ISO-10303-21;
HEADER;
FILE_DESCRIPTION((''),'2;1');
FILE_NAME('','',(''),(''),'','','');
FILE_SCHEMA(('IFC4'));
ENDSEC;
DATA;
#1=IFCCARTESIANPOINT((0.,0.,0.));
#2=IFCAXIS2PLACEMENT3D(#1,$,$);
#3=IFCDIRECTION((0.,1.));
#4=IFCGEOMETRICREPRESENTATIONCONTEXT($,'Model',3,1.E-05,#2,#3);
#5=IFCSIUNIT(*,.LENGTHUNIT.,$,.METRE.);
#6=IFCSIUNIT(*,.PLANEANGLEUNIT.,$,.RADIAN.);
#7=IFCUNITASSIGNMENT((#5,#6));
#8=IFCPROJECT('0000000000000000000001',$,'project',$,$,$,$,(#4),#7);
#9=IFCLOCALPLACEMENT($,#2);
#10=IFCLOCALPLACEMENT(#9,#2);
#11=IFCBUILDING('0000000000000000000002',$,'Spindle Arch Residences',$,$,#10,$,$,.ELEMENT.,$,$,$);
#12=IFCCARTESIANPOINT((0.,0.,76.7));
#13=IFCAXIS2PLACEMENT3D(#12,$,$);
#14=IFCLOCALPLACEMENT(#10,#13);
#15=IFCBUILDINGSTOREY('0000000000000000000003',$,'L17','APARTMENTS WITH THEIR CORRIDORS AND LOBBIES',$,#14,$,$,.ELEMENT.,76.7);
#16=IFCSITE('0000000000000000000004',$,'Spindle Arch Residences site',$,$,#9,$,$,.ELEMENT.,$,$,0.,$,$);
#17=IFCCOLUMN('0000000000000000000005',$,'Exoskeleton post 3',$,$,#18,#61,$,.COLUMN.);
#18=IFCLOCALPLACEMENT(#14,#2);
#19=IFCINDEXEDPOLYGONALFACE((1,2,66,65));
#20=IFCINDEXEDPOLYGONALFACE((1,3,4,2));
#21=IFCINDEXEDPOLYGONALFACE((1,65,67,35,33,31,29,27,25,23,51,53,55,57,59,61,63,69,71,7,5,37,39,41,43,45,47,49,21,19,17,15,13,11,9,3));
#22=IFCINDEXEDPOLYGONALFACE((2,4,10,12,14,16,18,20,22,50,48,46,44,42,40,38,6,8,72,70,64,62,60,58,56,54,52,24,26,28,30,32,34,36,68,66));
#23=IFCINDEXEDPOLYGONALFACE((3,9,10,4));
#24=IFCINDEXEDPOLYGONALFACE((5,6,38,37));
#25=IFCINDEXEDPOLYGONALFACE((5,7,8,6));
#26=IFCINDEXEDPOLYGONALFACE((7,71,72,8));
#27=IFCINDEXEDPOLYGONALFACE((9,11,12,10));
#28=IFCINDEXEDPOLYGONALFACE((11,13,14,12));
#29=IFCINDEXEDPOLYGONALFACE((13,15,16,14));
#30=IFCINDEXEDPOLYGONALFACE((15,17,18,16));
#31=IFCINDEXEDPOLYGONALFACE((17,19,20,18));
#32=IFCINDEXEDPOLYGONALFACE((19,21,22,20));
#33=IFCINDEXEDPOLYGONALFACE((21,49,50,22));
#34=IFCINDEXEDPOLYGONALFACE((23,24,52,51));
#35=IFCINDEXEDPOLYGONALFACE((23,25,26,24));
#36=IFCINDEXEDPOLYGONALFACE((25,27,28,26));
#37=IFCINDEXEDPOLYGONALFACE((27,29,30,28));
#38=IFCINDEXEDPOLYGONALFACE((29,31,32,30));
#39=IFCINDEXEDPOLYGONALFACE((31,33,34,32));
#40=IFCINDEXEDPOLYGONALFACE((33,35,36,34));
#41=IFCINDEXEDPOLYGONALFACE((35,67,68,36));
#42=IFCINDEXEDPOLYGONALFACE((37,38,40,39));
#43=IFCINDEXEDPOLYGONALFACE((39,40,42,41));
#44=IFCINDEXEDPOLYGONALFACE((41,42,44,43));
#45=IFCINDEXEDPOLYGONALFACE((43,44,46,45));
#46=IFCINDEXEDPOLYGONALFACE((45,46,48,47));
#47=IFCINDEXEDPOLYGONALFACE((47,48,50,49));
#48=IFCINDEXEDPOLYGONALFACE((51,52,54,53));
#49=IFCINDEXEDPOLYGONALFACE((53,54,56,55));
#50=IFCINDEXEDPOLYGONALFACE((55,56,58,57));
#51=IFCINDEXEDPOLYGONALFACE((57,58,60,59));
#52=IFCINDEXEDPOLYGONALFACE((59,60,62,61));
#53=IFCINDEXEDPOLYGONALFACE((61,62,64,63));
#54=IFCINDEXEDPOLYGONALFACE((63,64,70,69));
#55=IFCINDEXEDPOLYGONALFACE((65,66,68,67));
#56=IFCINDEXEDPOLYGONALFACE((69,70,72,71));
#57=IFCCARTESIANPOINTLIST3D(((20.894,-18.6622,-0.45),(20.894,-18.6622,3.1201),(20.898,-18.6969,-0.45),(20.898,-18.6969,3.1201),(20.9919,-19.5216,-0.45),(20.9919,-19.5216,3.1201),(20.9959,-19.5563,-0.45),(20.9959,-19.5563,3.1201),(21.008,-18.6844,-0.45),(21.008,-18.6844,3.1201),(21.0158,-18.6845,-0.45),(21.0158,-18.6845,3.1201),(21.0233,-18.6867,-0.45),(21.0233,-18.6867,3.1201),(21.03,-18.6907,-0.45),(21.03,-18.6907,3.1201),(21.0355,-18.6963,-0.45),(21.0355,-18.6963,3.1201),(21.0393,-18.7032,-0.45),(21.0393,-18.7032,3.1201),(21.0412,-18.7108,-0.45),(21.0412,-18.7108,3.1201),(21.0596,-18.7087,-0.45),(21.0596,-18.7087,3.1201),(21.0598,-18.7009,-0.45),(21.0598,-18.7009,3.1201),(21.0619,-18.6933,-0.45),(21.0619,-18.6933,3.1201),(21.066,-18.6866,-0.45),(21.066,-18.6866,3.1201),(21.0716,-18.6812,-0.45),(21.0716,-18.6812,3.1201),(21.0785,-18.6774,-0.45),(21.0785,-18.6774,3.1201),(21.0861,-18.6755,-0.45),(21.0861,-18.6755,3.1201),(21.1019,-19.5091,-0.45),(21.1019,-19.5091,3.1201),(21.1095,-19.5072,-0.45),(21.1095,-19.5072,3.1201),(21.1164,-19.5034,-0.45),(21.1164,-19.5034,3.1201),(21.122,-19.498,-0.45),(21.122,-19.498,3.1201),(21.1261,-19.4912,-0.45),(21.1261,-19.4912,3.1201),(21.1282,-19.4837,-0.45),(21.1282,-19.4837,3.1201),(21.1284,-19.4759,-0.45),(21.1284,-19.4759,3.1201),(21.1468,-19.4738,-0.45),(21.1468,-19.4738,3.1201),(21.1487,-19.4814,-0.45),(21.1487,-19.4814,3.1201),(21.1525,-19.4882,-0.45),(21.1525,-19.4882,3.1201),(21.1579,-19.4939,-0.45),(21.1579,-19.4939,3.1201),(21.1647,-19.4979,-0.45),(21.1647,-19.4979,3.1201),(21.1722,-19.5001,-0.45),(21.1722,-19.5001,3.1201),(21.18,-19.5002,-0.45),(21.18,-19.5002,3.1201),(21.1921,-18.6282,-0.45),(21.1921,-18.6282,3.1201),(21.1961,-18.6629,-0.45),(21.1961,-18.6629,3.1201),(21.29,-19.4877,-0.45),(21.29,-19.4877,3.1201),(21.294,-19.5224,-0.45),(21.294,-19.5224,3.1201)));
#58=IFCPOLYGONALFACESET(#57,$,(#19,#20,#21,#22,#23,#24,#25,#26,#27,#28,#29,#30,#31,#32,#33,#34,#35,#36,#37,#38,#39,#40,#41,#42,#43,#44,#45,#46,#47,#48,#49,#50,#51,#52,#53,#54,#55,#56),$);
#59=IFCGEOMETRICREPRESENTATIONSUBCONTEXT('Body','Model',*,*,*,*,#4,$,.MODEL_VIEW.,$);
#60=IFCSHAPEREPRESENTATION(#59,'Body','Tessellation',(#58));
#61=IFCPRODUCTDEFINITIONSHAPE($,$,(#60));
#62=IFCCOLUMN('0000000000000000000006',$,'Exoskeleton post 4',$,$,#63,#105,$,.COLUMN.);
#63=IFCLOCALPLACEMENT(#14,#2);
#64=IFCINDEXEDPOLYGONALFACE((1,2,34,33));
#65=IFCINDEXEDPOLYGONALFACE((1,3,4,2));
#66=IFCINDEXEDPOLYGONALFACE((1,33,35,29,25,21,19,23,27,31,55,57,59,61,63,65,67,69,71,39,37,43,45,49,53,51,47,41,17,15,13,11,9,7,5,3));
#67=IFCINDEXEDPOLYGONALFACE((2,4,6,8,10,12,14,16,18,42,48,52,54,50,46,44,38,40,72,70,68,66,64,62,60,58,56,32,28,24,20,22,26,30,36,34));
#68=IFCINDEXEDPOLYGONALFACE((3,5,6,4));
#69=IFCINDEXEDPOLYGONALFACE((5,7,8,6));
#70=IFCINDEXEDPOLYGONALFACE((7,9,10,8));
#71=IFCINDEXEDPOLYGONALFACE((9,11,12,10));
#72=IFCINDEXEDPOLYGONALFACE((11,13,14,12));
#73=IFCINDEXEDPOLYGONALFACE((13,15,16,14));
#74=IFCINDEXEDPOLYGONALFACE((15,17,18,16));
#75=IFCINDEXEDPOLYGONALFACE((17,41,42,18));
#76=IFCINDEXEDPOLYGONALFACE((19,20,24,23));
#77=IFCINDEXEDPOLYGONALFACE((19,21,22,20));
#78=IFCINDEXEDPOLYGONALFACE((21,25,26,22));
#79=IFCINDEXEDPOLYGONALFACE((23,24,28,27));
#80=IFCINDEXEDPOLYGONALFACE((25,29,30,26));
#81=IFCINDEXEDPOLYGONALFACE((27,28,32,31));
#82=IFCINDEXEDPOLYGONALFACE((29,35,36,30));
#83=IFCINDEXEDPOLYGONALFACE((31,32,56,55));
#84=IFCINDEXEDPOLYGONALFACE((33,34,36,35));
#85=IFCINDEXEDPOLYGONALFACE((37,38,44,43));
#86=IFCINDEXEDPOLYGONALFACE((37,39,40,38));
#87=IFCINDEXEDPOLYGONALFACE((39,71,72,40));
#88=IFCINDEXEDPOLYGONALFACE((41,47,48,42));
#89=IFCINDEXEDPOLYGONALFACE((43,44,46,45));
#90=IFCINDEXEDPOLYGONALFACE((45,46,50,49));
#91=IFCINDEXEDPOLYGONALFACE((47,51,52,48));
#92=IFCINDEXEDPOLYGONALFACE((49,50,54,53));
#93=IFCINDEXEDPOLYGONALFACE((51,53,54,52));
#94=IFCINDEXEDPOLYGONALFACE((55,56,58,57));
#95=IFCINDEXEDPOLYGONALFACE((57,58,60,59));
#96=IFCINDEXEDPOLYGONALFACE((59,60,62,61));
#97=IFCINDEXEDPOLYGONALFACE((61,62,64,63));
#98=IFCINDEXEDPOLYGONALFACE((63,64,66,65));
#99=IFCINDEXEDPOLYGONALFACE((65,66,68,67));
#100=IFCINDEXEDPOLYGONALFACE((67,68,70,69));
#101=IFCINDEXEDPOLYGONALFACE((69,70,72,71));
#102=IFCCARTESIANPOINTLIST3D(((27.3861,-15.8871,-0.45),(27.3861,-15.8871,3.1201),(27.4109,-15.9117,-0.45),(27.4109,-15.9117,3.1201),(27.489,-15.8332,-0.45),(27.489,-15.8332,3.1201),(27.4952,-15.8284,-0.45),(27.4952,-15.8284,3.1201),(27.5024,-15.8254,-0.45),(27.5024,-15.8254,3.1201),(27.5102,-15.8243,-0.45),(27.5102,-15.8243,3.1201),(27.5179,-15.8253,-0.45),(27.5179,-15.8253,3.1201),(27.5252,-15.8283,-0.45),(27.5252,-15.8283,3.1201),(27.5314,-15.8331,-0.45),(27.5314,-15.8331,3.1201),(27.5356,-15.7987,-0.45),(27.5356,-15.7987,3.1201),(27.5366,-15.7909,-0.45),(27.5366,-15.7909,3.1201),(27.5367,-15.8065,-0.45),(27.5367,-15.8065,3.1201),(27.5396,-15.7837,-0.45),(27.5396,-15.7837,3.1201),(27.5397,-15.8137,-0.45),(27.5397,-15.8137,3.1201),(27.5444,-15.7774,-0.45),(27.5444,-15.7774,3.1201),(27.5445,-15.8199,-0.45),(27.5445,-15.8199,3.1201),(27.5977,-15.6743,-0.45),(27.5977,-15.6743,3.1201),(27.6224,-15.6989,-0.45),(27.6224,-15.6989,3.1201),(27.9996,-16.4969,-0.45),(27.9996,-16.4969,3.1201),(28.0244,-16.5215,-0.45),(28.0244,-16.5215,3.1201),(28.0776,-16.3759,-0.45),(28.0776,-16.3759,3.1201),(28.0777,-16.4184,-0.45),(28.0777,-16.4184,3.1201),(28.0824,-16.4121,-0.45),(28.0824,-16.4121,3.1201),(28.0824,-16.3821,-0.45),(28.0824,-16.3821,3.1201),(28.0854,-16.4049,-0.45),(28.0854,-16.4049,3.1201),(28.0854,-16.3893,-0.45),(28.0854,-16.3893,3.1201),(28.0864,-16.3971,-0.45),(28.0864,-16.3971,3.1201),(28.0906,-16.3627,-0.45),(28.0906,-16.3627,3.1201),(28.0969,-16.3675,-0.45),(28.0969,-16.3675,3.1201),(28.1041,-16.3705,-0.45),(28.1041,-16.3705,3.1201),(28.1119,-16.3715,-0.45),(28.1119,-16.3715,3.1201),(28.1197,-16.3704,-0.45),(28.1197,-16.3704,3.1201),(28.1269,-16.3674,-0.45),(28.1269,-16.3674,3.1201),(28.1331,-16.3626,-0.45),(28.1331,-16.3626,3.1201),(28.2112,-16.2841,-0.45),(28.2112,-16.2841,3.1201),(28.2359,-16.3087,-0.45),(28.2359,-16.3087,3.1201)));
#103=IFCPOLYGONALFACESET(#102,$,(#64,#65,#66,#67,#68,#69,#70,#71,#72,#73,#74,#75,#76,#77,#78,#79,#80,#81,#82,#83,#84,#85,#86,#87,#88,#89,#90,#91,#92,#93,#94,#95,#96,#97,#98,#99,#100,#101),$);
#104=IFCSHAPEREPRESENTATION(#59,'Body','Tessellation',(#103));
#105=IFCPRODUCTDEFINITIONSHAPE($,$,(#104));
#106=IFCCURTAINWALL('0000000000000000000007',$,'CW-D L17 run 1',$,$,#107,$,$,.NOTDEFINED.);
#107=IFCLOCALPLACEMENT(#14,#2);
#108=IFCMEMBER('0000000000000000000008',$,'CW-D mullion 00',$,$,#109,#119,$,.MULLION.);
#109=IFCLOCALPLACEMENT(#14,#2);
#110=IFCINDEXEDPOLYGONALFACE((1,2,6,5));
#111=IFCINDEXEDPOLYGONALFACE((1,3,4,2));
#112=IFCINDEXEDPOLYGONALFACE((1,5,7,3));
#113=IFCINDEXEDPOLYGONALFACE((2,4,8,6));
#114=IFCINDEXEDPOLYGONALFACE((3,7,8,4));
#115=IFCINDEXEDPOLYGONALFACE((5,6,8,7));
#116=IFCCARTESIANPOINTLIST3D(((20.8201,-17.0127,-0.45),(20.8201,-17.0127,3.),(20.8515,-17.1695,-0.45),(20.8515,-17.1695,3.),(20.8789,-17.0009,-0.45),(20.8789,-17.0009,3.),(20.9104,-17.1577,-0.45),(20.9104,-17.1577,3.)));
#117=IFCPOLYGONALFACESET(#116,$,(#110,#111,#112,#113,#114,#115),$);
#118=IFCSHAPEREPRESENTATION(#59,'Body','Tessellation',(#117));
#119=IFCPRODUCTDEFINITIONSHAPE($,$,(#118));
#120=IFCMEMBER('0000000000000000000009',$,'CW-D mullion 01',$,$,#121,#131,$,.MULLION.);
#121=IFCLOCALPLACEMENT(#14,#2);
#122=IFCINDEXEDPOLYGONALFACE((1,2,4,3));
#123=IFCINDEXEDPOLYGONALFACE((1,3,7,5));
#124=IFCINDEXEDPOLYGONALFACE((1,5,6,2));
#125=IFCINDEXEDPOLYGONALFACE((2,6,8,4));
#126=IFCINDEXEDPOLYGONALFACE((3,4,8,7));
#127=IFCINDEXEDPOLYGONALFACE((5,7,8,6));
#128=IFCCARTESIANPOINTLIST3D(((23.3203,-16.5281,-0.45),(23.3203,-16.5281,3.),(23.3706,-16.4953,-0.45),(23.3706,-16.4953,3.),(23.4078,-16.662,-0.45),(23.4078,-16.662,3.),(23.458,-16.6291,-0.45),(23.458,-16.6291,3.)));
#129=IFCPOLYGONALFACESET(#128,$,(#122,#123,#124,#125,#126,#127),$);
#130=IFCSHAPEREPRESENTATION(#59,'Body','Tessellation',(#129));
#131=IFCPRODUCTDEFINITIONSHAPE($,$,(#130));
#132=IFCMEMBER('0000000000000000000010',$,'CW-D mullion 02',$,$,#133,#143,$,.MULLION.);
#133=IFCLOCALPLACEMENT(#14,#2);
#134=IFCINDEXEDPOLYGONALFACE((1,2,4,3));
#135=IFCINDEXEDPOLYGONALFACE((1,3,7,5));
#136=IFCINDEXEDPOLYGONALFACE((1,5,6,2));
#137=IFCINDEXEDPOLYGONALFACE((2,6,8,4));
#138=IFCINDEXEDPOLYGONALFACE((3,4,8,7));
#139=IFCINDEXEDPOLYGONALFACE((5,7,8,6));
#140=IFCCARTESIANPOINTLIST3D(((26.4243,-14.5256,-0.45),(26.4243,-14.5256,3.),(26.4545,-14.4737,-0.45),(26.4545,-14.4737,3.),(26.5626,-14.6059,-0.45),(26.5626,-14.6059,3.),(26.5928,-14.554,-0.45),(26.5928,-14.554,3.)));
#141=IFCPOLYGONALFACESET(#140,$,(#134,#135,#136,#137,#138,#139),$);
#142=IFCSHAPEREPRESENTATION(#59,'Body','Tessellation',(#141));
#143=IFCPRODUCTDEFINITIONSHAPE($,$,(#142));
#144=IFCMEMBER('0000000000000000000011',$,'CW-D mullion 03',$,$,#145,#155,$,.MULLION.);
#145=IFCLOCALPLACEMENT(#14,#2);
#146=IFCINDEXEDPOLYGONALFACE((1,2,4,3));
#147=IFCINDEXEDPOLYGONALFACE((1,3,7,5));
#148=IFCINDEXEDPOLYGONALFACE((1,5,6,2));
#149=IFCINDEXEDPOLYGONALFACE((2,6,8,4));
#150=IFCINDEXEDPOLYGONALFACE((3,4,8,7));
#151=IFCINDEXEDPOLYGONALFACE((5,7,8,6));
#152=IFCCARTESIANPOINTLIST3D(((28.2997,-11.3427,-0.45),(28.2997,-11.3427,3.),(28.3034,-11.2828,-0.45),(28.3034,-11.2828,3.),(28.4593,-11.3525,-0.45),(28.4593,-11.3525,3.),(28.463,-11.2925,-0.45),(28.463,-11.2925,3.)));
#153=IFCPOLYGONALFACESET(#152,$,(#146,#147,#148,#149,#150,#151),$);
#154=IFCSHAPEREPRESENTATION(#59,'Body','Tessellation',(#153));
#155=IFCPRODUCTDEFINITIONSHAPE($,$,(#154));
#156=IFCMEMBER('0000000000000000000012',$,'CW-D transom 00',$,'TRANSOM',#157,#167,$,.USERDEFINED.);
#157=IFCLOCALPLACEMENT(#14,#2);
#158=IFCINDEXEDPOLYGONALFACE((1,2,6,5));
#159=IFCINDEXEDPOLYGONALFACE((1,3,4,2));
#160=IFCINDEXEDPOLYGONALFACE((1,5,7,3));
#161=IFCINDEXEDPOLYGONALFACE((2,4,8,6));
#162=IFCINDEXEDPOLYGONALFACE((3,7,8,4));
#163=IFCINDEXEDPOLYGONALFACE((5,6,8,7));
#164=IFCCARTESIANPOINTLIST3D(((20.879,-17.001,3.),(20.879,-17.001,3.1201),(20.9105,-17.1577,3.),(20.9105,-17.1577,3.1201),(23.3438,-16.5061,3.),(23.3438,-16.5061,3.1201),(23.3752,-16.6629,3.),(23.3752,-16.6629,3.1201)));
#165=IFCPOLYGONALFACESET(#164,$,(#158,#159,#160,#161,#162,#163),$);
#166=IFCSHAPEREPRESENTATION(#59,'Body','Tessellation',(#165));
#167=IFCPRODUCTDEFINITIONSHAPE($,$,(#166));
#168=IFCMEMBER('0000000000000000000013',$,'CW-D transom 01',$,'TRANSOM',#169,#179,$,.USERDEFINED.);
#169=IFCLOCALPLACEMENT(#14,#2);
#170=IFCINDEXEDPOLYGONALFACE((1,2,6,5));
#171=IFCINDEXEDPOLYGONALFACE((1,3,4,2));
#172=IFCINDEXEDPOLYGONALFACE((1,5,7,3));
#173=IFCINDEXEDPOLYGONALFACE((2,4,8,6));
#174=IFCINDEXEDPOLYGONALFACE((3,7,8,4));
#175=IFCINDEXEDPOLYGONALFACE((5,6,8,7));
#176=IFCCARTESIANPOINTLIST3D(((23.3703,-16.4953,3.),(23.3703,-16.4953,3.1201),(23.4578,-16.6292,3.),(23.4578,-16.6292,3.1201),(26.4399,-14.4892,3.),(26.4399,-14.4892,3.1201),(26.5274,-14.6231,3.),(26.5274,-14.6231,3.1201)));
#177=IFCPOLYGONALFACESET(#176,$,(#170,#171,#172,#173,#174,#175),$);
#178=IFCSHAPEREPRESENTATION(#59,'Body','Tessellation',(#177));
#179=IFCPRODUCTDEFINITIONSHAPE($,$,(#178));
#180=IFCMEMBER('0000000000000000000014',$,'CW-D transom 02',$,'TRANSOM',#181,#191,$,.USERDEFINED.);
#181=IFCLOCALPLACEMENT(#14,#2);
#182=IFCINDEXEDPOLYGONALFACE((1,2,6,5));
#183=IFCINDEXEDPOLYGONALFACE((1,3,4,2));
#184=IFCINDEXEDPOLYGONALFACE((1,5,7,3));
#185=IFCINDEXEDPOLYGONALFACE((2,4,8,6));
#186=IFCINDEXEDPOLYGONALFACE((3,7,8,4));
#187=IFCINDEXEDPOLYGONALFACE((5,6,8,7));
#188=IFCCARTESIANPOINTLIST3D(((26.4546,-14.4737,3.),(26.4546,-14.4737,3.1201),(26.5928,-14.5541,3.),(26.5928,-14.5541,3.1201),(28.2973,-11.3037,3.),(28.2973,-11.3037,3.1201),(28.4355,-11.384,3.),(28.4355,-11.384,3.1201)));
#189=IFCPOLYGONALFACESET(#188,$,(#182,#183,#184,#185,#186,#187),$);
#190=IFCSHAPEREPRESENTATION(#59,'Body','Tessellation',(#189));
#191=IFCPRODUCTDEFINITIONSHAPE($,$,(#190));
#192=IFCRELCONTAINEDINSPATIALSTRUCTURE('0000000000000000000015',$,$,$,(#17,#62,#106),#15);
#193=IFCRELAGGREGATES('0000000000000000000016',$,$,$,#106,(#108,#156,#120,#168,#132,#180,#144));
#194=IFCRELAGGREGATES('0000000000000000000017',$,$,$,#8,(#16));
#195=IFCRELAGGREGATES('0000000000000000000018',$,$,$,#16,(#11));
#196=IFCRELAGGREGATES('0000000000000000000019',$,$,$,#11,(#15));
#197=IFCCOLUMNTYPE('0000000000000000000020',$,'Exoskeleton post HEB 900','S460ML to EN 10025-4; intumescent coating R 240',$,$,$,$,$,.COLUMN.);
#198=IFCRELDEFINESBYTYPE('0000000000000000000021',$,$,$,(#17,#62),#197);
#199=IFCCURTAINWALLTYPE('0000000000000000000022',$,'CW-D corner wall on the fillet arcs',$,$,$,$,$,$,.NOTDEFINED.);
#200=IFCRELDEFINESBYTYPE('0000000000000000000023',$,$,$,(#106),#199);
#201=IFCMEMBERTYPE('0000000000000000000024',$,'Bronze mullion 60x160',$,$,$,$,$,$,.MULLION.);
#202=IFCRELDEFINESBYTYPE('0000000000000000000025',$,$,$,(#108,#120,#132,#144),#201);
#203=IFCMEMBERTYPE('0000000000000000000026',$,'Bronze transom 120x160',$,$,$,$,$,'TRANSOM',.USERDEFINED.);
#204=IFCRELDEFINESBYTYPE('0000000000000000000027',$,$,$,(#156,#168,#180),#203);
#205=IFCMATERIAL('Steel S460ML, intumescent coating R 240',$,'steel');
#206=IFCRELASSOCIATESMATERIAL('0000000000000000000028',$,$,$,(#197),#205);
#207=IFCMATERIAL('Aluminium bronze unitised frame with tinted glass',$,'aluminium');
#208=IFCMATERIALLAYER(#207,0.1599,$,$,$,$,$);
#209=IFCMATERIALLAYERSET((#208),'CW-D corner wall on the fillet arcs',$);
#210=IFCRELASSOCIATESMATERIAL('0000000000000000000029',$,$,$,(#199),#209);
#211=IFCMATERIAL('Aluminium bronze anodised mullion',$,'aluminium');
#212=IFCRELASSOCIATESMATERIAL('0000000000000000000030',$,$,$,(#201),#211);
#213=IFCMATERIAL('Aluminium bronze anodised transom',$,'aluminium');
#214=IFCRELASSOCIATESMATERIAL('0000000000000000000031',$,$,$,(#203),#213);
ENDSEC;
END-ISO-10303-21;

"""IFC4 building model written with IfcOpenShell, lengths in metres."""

from ifc_helpers import new_model, si_unit, direction, frame, origin, origin_2d, place, context, subcontext, project, spatial, rectangle, i_section, extrude, material, layer, layer_set, material_profile, profile_set, type_object, element, aggregate, save


model = new_model("IFC4")

# Units and contexts
model_context = context("Model", 3, precision=1e-05, world=origin(), true_north=direction((0.0, 1.0)))
body_context = subcontext(model_context, "Body", "Model", "MODEL_VIEW")
ifc_project = project(units=[si_unit("LENGTHUNIT", "METRE"), si_unit("PLANEANGLEUNIT", "RADIAN")], contexts=[model_context])

# Site, building, storey
site_placement = place(None, origin())
site = spatial("IfcSite", under=ifc_project, at=site_placement, Name="Spindle Arch Residences site", CompositionType="ELEMENT", RefElevation=0.0)
building_placement = place(site_placement, origin())
building = spatial("IfcBuilding", under=site, at=building_placement, Name="Spindle Arch Residences", CompositionType="ELEMENT")
storey_placement = place(building_placement, frame((0.0, 0.0, 76.7)))
storey = spatial("IfcBuildingStorey", under=building, at=storey_placement, Name="L17", Description="APARTMENTS WITH THEIR CORRIDORS AND LOBBIES", CompositionType="ELEMENT", Elevation=76.7)

# Columns
ifc_material_1 = material(Name="Steel S460ML, intumescent coating R 240", Category="steel")
ifc_material_profile_1 = material_profile(ifc_material_1, i_section(OverallWidth=0.3, OverallDepth=0.8999, WebThickness=0.0186, FlangeThickness=0.0349, FilletRadius=0.03, at=origin_2d()), Name="HEB 900")
ifc_profile_set_1 = profile_set([ifc_material_profile_1], Name="Steel S460ML, intumescent coating R 240")
column_type = type_object("IfcColumnType", Name="Exoskeleton post HEB 900", Description="S460ML to EN 10025-4; intumescent coating R 240", PredefinedType="COLUMN", material=ifc_profile_set_1)
for number, where, z_axis, x_axis, name in (
    (1, (21.094, -19.0923, -0.45), (0.0, 0.0, 1.0), (-0.993572, -0.113203, 0.0), "Exoskeleton post 3"),
    (2, (27.811, -16.0979, -0.45), (0.0, 0.0, 1.0), (-0.704963, -0.709244, 0.0), "Exoskeleton post 4"),
):
    element("IfcColumn", number, at=place(storey_placement, frame(where, z_axis=z_axis, x_axis=x_axis)), inside=storey, type_object=column_type, Name=name, PredefinedType="COLUMN", context=body_context, shape_type="SweptSolid", body=[
        extrude(i_section(OverallWidth=0.3, OverallDepth=0.8999, WebThickness=0.0186, FlangeThickness=0.0349, FilletRadius=0.03, at=origin_2d()), origin(), (0.0, 0.0, 1.0), 3.5701),
    ])

# Curtain wall, members
ifc_material_2 = material(Name="Aluminium bronze unitised frame with tinted glass", Category="aluminium")
ifc_layer_1 = layer(ifc_material_2, 0.1599)
ifc_layer_set_1 = layer_set([ifc_layer_1], Name="CW-D corner wall on the fillet arcs")
curtain_wall_type = type_object("IfcCurtainWallType", Name="CW-D corner wall on the fillet arcs", PredefinedType="NOTDEFINED", material=ifc_layer_set_1)
curtain_wall_placement = place(storey_placement, origin())
curtain_wall = element("IfcCurtainWall", 3, at=curtain_wall_placement, inside=storey, type_object=curtain_wall_type, Name="CW-D L17 run 1", PredefinedType="NOTDEFINED")
ifc_material_3 = material(Name="Aluminium bronze anodised mullion", Category="aluminium")
ifc_material_profile_2 = material_profile(ifc_material_3, rectangle(XDim=0.1599, YDim=0.0601, at=origin_2d()), Name="MU 60x160")
ifc_profile_set_2 = profile_set([ifc_material_profile_2], Name="Aluminium bronze anodised mullion")
member_type_1 = type_object("IfcMemberType", Name="Bronze mullion 60x160", PredefinedType="MULLION", material=ifc_profile_set_2)
member_1_placement = place(storey_placement, frame((20.8652, -17.0852, -0.45), z_axis=(0.0, 0.0, 1.0), x_axis=(-0.196863, 0.980431, 0.0)))
member_1 = element("IfcMember", 4, at=member_1_placement, type_object=member_type_1, Name="CW-D mullion 00", PredefinedType="MULLION", context=body_context, shape_type="SweptSolid", body=[
    extrude(rectangle(XDim=0.1599, YDim=0.0601, at=origin_2d()), origin(), (0.0, 0.0, 1.0), 3.45),
])
member_2_placement = place(storey_placement, frame((23.3892, -16.5786, -0.45), z_axis=(0.0, 0.0, 1.0), x_axis=(-0.547076, 0.837083, 0.0)))
member_2 = element("IfcMember", 5, at=member_2_placement, type_object=member_type_1, Name="CW-D mullion 01", PredefinedType="MULLION", context=body_context, shape_type="SweptSolid", body=[
    extrude(rectangle(XDim=0.1599, YDim=0.0601, at=origin_2d()), origin(), (0.0, 0.0, 1.0), 3.45),
])
member_3_placement = place(storey_placement, frame((26.5085, -14.5398, -0.45), z_axis=(0.0, 0.0, 1.0), x_axis=(-0.864567, 0.502517, 0.0)))
member_3 = element("IfcMember", 6, at=member_3_placement, type_object=member_type_1, Name="CW-D mullion 02", PredefinedType="MULLION", context=body_context, shape_type="SweptSolid", body=[
    extrude(rectangle(XDim=0.1599, YDim=0.0601, at=origin_2d()), origin(), (0.0, 0.0, 1.0), 3.45),
])
member_4_placement = place(storey_placement, frame((28.3813, -11.3176, -0.45), z_axis=(0.0, 0.0, 1.0), x_axis=(-0.998135, 0.061049, 0.0)))
member_4 = element("IfcMember", 7, at=member_4_placement, type_object=member_type_1, Name="CW-D mullion 03", PredefinedType="MULLION", context=body_context, shape_type="SweptSolid", body=[
    extrude(rectangle(XDim=0.1599, YDim=0.0601, at=origin_2d()), origin(), (0.0, 0.0, 1.0), 3.45),
])
ifc_material_4 = material(Name="Aluminium bronze anodised transom", Category="aluminium")
ifc_material_profile_3 = material_profile(ifc_material_4, rectangle(XDim=0.1599, YDim=0.1201, at=origin_2d()), Name="TR 120x160")
ifc_profile_set_3 = profile_set([ifc_material_profile_3], Name="Aluminium bronze anodised transom")
member_type_2 = type_object("IfcMemberType", Name="Bronze transom 120x160", ElementType="TRANSOM", PredefinedType="USERDEFINED", material=ifc_profile_set_3)
member_5_placement = place(storey_placement, frame((20.8948, -17.0793, 3.0601), z_axis=(0.980435, 0.196844, 0.0), x_axis=(-0.196844, 0.980435, 0.0)))
member_5 = element("IfcMember", 8, at=member_5_placement, type_object=member_type_2, Name="CW-D transom 00", ObjectType="TRANSOM", PredefinedType="USERDEFINED", context=body_context, shape_type="SweptSolid", body=[
    extrude(rectangle(XDim=0.1599, YDim=0.1201, at=origin_2d()), origin(), (0.0, 0.0, 1.0), 2.5139),
])
member_6_placement = place(storey_placement, frame((23.4141, -16.5623, 3.0601), z_axis=(0.837086, 0.547072, 0.0), x_axis=(-0.547072, 0.837086, 0.0)))
member_6 = element("IfcMember", 9, at=member_6_placement, type_object=member_type_2, Name="CW-D transom 01", ObjectType="TRANSOM", PredefinedType="USERDEFINED", context=body_context, shape_type="SweptSolid", body=[
    extrude(rectangle(XDim=0.1599, YDim=0.1201, at=origin_2d()), origin(), (0.0, 0.0, 1.0), 3.667),
])
member_7_placement = place(storey_placement, frame((26.5237, -14.5139, 3.0601), z_axis=(0.50255, 0.864548, 0.0), x_axis=(-0.864548, 0.50255, 0.0)))
member_7 = element("IfcMember", 10, at=member_7_placement, type_object=member_type_2, Name="CW-D transom 02", ObjectType="TRANSOM", PredefinedType="USERDEFINED", context=body_context, shape_type="SweptSolid", body=[
    extrude(rectangle(XDim=0.1599, YDim=0.1201, at=origin_2d()), origin(), (0.0, 0.0, 1.0), 3.6667),
])

aggregate(curtain_wall, [member_1, member_5, member_2, member_6, member_3, member_7, member_4])

save(model, "model.ifc")
